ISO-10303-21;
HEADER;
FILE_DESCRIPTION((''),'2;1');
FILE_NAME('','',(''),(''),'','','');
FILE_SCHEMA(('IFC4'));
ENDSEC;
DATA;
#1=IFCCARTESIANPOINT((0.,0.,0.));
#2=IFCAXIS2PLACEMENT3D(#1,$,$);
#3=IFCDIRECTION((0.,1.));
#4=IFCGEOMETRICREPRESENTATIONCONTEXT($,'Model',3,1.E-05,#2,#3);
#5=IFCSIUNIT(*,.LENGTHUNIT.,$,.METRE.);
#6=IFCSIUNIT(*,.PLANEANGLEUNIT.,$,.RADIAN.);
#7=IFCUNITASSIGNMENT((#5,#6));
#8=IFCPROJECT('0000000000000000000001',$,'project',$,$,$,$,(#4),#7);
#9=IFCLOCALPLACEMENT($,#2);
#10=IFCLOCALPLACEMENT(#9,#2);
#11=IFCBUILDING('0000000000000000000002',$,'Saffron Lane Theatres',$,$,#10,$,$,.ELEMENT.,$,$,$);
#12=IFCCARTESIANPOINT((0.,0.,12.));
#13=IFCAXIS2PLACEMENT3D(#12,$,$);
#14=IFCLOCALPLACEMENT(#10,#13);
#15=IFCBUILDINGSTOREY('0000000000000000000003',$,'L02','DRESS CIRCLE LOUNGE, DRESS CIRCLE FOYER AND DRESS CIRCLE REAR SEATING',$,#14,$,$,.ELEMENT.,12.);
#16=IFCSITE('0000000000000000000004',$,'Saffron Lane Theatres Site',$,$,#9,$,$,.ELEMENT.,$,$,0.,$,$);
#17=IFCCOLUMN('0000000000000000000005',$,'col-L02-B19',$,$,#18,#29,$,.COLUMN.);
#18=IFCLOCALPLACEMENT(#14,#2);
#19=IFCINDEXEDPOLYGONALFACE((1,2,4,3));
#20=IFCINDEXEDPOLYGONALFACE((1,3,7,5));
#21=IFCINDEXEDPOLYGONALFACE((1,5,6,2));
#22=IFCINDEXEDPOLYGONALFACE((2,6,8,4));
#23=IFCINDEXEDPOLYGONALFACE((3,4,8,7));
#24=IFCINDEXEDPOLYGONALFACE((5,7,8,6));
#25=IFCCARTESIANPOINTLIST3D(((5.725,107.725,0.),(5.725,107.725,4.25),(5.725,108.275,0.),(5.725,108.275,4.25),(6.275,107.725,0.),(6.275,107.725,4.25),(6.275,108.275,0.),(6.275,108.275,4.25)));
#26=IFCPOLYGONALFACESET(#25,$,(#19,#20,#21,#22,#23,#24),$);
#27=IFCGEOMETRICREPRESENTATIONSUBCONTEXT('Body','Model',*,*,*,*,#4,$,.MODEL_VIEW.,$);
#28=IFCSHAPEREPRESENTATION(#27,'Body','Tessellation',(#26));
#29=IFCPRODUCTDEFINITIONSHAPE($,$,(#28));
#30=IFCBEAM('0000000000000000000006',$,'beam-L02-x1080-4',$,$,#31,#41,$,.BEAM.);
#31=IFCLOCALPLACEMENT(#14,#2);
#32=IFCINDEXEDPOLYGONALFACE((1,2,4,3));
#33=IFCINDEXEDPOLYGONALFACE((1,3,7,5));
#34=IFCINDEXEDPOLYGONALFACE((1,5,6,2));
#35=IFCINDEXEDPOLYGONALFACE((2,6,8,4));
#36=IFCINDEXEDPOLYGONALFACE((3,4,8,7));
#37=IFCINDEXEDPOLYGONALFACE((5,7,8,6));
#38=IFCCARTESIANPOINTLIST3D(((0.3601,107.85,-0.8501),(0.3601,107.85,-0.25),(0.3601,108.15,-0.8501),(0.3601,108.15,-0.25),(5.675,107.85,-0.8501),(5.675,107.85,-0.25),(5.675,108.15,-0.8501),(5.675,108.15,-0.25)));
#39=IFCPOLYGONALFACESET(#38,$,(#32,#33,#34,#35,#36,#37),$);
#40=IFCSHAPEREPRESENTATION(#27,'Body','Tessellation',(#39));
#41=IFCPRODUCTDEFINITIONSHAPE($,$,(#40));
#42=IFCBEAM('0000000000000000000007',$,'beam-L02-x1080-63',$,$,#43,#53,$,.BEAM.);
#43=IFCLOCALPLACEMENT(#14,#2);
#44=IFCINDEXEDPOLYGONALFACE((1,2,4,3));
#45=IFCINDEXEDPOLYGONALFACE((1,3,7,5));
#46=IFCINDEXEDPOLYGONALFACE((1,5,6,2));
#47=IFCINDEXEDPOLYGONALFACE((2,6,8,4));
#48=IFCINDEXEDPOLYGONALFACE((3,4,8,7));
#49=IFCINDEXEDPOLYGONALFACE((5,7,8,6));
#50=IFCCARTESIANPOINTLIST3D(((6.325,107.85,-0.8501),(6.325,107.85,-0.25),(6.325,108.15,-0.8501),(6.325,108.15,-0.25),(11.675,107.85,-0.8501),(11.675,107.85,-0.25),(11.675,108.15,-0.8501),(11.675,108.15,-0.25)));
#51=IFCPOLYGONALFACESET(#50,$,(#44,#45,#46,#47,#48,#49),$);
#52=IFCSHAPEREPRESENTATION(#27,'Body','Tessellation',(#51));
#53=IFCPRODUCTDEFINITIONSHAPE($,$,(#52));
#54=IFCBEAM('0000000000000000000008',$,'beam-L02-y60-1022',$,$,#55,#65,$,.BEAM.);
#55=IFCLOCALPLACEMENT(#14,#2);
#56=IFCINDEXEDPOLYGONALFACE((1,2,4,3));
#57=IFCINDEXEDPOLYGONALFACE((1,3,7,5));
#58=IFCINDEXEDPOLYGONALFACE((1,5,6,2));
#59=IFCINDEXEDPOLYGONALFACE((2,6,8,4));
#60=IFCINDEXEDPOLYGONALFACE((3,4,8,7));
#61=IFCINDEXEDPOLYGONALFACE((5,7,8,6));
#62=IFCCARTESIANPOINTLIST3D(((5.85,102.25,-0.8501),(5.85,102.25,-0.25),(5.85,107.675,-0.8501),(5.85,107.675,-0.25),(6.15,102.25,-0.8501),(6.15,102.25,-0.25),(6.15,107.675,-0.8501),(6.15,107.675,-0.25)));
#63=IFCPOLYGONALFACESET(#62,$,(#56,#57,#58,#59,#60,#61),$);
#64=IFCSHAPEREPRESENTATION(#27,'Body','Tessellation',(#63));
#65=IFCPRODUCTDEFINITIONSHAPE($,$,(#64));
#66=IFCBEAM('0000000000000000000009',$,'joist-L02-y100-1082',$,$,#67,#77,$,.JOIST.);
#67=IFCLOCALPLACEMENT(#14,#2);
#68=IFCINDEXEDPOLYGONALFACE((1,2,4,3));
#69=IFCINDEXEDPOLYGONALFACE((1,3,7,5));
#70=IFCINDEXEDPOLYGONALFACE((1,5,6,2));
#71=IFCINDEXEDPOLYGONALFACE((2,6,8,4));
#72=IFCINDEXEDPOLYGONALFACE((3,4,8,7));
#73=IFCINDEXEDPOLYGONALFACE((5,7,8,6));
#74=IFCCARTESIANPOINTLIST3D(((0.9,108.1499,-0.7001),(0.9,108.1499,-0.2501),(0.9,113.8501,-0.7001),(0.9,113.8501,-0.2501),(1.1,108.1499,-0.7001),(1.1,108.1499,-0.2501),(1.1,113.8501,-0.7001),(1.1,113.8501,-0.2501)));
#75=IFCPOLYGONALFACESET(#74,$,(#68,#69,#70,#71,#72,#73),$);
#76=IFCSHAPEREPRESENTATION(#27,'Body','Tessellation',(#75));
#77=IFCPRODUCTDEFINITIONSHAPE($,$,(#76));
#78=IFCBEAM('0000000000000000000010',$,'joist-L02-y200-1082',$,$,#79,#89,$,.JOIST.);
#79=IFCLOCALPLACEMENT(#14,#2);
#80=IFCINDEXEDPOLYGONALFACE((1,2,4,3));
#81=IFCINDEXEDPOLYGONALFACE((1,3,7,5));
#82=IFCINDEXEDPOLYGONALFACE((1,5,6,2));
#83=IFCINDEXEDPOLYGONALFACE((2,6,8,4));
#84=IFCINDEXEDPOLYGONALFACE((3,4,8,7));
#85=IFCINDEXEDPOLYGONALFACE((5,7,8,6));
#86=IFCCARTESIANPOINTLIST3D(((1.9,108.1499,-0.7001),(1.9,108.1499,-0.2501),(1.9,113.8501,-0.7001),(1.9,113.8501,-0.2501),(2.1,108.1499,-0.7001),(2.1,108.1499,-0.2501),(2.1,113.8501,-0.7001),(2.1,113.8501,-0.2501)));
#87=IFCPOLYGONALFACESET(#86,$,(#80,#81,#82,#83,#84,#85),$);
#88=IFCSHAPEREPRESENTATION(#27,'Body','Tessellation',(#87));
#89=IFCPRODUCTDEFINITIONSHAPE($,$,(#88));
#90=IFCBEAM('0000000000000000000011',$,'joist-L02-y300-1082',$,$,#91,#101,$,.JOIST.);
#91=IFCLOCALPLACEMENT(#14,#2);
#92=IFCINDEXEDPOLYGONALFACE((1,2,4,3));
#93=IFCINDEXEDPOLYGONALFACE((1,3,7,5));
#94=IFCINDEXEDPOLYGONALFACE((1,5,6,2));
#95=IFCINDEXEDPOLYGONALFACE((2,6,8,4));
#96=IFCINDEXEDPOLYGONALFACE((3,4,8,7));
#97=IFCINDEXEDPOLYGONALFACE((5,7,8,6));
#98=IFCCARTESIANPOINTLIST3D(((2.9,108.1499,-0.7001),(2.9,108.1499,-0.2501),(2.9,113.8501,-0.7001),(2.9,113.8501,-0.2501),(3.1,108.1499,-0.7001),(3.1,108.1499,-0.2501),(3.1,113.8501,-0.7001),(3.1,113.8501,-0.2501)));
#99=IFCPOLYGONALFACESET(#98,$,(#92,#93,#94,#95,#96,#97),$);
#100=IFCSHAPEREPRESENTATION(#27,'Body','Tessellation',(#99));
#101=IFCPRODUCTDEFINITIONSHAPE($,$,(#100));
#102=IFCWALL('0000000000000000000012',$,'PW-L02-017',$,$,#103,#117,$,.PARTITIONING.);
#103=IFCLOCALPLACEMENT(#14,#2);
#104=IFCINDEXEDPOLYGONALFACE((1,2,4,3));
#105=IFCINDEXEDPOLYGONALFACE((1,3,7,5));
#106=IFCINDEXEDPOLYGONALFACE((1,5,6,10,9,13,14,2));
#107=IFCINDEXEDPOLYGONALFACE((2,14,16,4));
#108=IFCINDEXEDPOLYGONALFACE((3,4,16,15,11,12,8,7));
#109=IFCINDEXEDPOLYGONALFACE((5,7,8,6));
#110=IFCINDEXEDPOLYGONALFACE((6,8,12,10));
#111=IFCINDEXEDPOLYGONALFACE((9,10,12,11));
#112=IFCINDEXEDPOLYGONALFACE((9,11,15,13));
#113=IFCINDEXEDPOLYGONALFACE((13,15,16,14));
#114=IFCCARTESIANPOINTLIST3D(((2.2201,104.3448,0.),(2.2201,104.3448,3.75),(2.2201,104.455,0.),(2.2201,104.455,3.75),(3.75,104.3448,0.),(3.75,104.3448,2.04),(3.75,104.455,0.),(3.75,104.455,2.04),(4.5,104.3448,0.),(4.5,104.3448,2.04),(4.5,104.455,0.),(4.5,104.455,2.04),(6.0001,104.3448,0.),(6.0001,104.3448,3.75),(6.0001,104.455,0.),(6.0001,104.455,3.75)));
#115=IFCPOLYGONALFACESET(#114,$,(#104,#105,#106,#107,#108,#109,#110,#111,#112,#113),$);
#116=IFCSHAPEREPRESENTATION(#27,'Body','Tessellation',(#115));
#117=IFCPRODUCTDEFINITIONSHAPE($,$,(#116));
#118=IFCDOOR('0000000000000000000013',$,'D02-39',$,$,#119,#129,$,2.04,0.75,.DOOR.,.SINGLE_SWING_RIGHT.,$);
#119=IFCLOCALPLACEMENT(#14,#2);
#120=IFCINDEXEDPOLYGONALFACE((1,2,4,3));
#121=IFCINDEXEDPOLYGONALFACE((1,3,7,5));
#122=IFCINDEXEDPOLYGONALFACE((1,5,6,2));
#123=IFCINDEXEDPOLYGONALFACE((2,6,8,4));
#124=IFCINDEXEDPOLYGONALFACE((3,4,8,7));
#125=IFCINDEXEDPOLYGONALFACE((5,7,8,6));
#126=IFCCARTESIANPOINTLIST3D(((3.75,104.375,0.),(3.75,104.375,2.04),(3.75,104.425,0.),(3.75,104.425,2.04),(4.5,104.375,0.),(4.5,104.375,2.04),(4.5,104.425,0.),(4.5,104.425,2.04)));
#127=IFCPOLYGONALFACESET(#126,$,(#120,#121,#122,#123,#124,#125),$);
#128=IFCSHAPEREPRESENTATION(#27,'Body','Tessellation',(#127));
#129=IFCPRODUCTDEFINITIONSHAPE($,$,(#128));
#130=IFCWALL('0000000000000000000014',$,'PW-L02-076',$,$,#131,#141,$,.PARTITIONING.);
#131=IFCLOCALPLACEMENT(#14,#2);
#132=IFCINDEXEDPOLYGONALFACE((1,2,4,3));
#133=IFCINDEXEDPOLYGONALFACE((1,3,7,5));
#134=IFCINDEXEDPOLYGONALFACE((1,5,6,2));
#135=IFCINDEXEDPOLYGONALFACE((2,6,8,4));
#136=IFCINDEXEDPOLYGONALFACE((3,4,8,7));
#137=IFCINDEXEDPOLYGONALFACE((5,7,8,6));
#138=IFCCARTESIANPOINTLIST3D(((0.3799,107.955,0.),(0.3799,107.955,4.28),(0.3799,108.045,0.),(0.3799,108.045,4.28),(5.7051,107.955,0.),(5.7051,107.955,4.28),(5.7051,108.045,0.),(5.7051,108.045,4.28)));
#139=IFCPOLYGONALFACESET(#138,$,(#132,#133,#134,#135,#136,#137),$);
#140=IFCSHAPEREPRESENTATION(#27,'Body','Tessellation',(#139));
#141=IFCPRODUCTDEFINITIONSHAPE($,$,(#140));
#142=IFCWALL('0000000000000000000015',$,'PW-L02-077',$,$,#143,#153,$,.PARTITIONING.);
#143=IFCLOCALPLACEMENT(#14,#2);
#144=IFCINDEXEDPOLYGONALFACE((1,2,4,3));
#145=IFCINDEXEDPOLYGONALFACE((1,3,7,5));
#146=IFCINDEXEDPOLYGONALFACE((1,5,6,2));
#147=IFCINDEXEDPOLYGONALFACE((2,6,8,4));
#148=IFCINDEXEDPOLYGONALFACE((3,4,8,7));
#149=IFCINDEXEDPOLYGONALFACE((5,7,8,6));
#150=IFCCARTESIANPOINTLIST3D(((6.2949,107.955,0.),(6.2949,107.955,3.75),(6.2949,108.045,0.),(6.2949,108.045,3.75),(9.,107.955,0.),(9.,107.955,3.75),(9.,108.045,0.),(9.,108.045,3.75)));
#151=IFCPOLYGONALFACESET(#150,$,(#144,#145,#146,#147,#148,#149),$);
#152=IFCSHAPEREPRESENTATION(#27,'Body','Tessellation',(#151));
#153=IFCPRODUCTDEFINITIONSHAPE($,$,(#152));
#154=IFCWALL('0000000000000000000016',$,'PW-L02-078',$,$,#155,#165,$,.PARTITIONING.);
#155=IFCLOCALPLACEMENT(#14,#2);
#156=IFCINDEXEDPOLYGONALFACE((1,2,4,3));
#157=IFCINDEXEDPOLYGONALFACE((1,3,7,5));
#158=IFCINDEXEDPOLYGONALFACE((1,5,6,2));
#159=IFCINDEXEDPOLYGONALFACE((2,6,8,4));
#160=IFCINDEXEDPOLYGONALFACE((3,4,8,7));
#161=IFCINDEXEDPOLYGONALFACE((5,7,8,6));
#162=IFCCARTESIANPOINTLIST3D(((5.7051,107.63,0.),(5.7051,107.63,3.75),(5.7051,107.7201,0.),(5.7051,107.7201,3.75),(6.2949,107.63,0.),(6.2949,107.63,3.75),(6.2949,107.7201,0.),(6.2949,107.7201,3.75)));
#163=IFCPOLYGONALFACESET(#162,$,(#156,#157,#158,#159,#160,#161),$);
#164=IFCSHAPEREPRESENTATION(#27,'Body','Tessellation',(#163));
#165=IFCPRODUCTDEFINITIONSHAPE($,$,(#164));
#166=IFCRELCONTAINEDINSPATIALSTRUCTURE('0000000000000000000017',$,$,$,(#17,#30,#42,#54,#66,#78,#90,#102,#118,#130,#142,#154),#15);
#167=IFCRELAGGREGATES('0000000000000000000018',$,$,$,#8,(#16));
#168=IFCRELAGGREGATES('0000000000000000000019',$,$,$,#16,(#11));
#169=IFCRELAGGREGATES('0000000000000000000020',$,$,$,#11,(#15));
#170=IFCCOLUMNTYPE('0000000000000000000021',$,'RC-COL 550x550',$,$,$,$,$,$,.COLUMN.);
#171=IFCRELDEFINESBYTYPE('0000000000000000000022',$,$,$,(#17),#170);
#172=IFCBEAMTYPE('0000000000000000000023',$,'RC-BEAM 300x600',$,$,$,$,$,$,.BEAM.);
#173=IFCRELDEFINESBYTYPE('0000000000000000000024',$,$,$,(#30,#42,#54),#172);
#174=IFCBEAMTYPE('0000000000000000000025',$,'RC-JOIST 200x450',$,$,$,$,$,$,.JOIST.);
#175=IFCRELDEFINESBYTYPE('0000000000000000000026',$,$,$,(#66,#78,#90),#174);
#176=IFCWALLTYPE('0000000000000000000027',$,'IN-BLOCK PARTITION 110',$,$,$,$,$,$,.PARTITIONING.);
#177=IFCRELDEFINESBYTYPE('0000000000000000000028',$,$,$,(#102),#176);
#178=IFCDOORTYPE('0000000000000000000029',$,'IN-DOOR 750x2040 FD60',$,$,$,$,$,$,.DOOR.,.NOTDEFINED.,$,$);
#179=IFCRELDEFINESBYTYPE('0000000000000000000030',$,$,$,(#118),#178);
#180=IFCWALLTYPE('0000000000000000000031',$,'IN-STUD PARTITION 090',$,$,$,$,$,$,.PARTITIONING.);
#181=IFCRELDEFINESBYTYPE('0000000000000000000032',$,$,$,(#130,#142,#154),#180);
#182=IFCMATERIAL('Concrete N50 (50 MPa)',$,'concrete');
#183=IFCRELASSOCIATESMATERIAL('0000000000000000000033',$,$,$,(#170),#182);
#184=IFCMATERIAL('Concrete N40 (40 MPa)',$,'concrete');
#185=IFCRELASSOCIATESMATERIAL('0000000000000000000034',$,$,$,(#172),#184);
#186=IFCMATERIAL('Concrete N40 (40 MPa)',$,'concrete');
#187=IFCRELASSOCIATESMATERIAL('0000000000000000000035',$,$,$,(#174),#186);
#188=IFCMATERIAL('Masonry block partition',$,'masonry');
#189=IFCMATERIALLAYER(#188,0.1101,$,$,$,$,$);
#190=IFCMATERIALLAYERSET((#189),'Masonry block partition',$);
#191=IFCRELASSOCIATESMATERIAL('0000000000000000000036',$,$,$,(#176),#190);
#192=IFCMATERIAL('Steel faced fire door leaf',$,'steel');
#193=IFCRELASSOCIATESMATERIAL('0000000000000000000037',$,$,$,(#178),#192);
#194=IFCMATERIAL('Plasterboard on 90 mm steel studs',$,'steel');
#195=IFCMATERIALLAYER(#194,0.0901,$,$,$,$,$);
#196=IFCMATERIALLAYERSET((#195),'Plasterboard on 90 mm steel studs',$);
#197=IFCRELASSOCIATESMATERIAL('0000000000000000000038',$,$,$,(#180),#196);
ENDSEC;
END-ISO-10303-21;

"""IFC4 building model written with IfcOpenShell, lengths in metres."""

from ifc_helpers import new_model, si_unit, direction, frame, frame_2d, origin, origin_2d, place, context, subcontext, project, spatial, rectangle, extrude, material, layer, layer_set, material_profile, profile_set, type_object, element, fill, save


model = new_model("IFC4")

# Units and contexts
model_context = context("Model", 3, precision=1e-05, world=origin(), true_north=direction((0.0, 1.0)))
body_context = subcontext(model_context, "Body", "Model", "MODEL_VIEW")
ifc_project = project(units=[si_unit("LENGTHUNIT", "METRE"), si_unit("PLANEANGLEUNIT", "RADIAN")], contexts=[model_context])

# Site, building, storey
site_placement = place(None, origin())
site = spatial("IfcSite", under=ifc_project, at=site_placement, Name="Saffron Lane Theatres Site", CompositionType="ELEMENT", RefElevation=0.0)
building_placement = place(site_placement, origin())
building = spatial("IfcBuilding", under=site, at=building_placement, Name="Saffron Lane Theatres", CompositionType="ELEMENT")
storey_placement = place(building_placement, frame((0.0, 0.0, 12.0)))
storey = spatial("IfcBuildingStorey", under=building, at=storey_placement, Name="L02", Description="DRESS CIRCLE LOUNGE, DRESS CIRCLE FOYER AND DRESS CIRCLE REAR SEATING", CompositionType="ELEMENT", Elevation=12.0)

# Column
ifc_material_1 = material(Name="Concrete N50 (50 MPa)", Category="concrete")
ifc_material_profile_1 = material_profile(ifc_material_1, rectangle(XDim=0.55, YDim=0.55, at=origin_2d()))
ifc_profile_set_1 = profile_set([ifc_material_profile_1], Name="Concrete N50 (50 MPa)")
column_type = type_object("IfcColumnType", Name="RC-COL 550x550", PredefinedType="COLUMN", material=ifc_profile_set_1)
column_placement = place(storey_placement, frame((6.0, 108.0, 0.0), z_axis=(0.0, 0.0, 1.0), x_axis=(1.0, 0.0, 0.0)))
element("IfcColumn", 1, at=column_placement, inside=storey, type_object=column_type, Name="col-L02-B19", PredefinedType="COLUMN", context=body_context, shape_type="SweptSolid", body=[
    extrude(rectangle(XDim=0.55, YDim=0.55, at=origin_2d()), origin(), (0.0, 0.0, 1.0), 4.25),
])

# Beams
ifc_material_2 = material(Name="Concrete N40 (40 MPa)", Category="concrete")
ifc_material_profile_2 = material_profile(ifc_material_2, rectangle(XDim=0.3, YDim=0.6001, at=origin_2d()))
ifc_profile_set_2 = profile_set([ifc_material_profile_2], Name="Concrete N40 (40 MPa)")
beam_type_1 = type_object("IfcBeamType", Name="RC-BEAM 300x600", PredefinedType="BEAM", material=ifc_profile_set_2)
beam_1_placement = place(storey_placement, frame((0.3601, 108.0, -0.55), z_axis=(1.0, 0.0, 0.0), x_axis=(0.0, 1.0, 0.0)))
element("IfcBeam", 2, at=beam_1_placement, inside=storey, type_object=beam_type_1, Name="beam-L02-x1080-4", PredefinedType="BEAM", context=body_context, shape_type="SweptSolid", body=[
    extrude(rectangle(XDim=0.3, YDim=0.6001, at=origin_2d()), origin(), (0.0, 0.0, 1.0), 5.3149),
])
beam_2_placement = place(storey_placement, frame((6.325, 108.0, -0.55), z_axis=(1.0, 0.0, 0.0), x_axis=(0.0, 1.0, 0.0)))
element("IfcBeam", 3, at=beam_2_placement, inside=storey, type_object=beam_type_1, Name="beam-L02-x1080-63", PredefinedType="BEAM", context=body_context, shape_type="SweptSolid", body=[
    extrude(rectangle(XDim=0.3, YDim=0.6001, at=origin_2d()), origin(), (0.0, 0.0, 1.0), 5.3501),
])
beam_3_placement = place(storey_placement, frame((6.0, 102.25, -0.55), z_axis=(0.0, 1.0, 0.0), x_axis=(-1.0, 0.0, 0.0)))
element("IfcBeam", 4, at=beam_3_placement, inside=storey, type_object=beam_type_1, Name="beam-L02-y60-1022", PredefinedType="BEAM", context=body_context, shape_type="SweptSolid", body=[
    extrude(rectangle(XDim=0.3, YDim=0.6001, at=origin_2d()), origin(), (0.0, 0.0, 1.0), 5.425),
])
ifc_material_3 = material(Name="Concrete N40 (40 MPa)", Category="concrete")
ifc_material_profile_3 = material_profile(ifc_material_3, rectangle(XDim=0.2, YDim=0.45, at=origin_2d()))
ifc_profile_set_3 = profile_set([ifc_material_profile_3], Name="Concrete N40 (40 MPa)")
beam_type_2 = type_object("IfcBeamType", Name="RC-JOIST 200x450", PredefinedType="JOIST", material=ifc_profile_set_3)
for number, where, z_axis, x_axis, name in (
    (5, (1.0, 108.1499, -0.4751), (0.0, 1.0, 0.0), (-1.0, 0.0, 0.0), "joist-L02-y100-1082"),
    (6, (2.0, 108.1499, -0.4751), (0.0, 1.0, 0.0), (-1.0, 0.0, 0.0), "joist-L02-y200-1082"),
    (7, (3.0, 108.1499, -0.4751), (0.0, 1.0, 0.0), (-1.0, 0.0, 0.0), "joist-L02-y300-1082"),
):
    element("IfcBeam", number, at=place(storey_placement, frame(where, z_axis=z_axis, x_axis=x_axis)), inside=storey, type_object=beam_type_2, Name=name, PredefinedType="JOIST", context=body_context, shape_type="SweptSolid", body=[
        extrude(rectangle(XDim=0.2, YDim=0.45, at=origin_2d()), origin(), (0.0, 0.0, 1.0), 5.7002),
    ])

# Wall, opening, door
ifc_material_4 = material(Name="Masonry block partition", Category="masonry")
ifc_layer_1 = layer(ifc_material_4, 0.1101)
ifc_layer_set_1 = layer_set([ifc_layer_1], Name="Masonry block partition")
wall_type_1 = type_object("IfcWallType", Name="IN-BLOCK PARTITION 110", PredefinedType="PARTITIONING", material=ifc_layer_set_1)
wall_1_placement = place(storey_placement, frame((2.22, 104.3999, 0.0), z_axis=(0.0, 0.0, 1.0), x_axis=(1.0, 0.0, 0.0)))
wall_1 = element("IfcWall", 8, at=wall_1_placement, inside=storey, type_object=wall_type_1, Name="PW-L02-017", PredefinedType="PARTITIONING", context=body_context, shape_type="SweptSolid", body=[
    extrude(rectangle(XDim=3.78, YDim=0.1101, at=frame_2d((1.8901, 0.0))), origin(), (0.0, 0.0, 1.0), 3.75),
])
opening_1_placement = place(wall_1_placement, frame((1.53, 0.0, 0.0)))
opening_1 = element("IfcOpeningElement", 9, at=opening_1_placement, cuts=wall_1, PredefinedType="OPENING", context=body_context, shape_type="SweptSolid", body=[
    extrude(rectangle(XDim=0.75, YDim=2.04, at=frame_2d((0.375, 1.02))), frame((0.0, 0.0649, 0.0), z_axis=(0.0, -1.0, 0.0), x_axis=(1.0, 0.0, 0.0)), (0.0, 0.0, 1.0), 0.1301),
])
ifc_material_5 = material(Name="Steel faced fire door leaf", Category="steel")
door_type_1 = type_object("IfcDoorType", Name="IN-DOOR 750x2040 FD60", OperationType="NOTDEFINED", PredefinedType="DOOR", material=ifc_material_5)
door_1_placement = place(opening_1_placement, frame((0.75, 0.0, 0.0), z_axis=(0.0, 0.0, 1.0), x_axis=(-1.0, 0.0, 0.0)))
door_1 = element("IfcDoor", 10, at=door_1_placement, inside=storey, type_object=door_type_1, Name="D02-39", OperationType="SINGLE_SWING_RIGHT", OverallHeight=2.04, OverallWidth=0.75, PredefinedType="DOOR", context=body_context, shape_type="SweptSolid", body=[
    extrude(rectangle(XDim=0.75, YDim=2.04, at=frame_2d((0.375, 1.02))), frame((0.0, 0.0249, 0.0), z_axis=(0.0, -1.0, 0.0), x_axis=(1.0, 0.0, 0.0)), (0.0, 0.0, 1.0), 0.05),
])
fill(opening_1, door_1)

# Walls
ifc_material_6 = material(Name="Plasterboard on 90 mm steel studs", Category="steel")
ifc_layer_2 = layer(ifc_material_6, 0.0901)
ifc_layer_set_2 = layer_set([ifc_layer_2], Name="Plasterboard on 90 mm steel studs")
wall_type_2 = type_object("IfcWallType", Name="IN-STUD PARTITION 090", PredefinedType="PARTITIONING", material=ifc_layer_set_2)
wall_2_placement = place(storey_placement, frame((0.3799, 108.0, 0.0), z_axis=(0.0, 0.0, 1.0), x_axis=(1.0, 0.0, 0.0)))
element("IfcWall", 11, at=wall_2_placement, inside=storey, type_object=wall_type_2, Name="PW-L02-076", PredefinedType="PARTITIONING", context=body_context, shape_type="SweptSolid", body=[
    extrude(rectangle(XDim=5.3252, YDim=0.0901, at=frame_2d((2.6626, 0.0))), origin(), (0.0, 0.0, 1.0), 4.28),
])
wall_3_placement = place(storey_placement, frame((6.2949, 108.0, 0.0), z_axis=(0.0, 0.0, 1.0), x_axis=(1.0, 0.0, 0.0)))
element("IfcWall", 12, at=wall_3_placement, inside=storey, type_object=wall_type_2, Name="PW-L02-077", PredefinedType="PARTITIONING", context=body_context, shape_type="SweptSolid", body=[
    extrude(rectangle(XDim=2.7051, YDim=0.0901, at=frame_2d((1.3525, 0.0))), origin(), (0.0, 0.0, 1.0), 3.75),
])
wall_4_placement = place(storey_placement, frame((5.7051, 107.675, 0.0), z_axis=(0.0, 0.0, 1.0), x_axis=(1.0, 0.0, 0.0)))
element("IfcWall", 13, at=wall_4_placement, inside=storey, type_object=wall_type_2, Name="PW-L02-078", PredefinedType="PARTITIONING", context=body_context, shape_type="SweptSolid", body=[
    extrude(rectangle(XDim=0.5898, YDim=0.0901, at=frame_2d((0.2949, 0.0))), origin(), (0.0, 0.0, 1.0), 3.75),
])

save(model, "model.ifc")
